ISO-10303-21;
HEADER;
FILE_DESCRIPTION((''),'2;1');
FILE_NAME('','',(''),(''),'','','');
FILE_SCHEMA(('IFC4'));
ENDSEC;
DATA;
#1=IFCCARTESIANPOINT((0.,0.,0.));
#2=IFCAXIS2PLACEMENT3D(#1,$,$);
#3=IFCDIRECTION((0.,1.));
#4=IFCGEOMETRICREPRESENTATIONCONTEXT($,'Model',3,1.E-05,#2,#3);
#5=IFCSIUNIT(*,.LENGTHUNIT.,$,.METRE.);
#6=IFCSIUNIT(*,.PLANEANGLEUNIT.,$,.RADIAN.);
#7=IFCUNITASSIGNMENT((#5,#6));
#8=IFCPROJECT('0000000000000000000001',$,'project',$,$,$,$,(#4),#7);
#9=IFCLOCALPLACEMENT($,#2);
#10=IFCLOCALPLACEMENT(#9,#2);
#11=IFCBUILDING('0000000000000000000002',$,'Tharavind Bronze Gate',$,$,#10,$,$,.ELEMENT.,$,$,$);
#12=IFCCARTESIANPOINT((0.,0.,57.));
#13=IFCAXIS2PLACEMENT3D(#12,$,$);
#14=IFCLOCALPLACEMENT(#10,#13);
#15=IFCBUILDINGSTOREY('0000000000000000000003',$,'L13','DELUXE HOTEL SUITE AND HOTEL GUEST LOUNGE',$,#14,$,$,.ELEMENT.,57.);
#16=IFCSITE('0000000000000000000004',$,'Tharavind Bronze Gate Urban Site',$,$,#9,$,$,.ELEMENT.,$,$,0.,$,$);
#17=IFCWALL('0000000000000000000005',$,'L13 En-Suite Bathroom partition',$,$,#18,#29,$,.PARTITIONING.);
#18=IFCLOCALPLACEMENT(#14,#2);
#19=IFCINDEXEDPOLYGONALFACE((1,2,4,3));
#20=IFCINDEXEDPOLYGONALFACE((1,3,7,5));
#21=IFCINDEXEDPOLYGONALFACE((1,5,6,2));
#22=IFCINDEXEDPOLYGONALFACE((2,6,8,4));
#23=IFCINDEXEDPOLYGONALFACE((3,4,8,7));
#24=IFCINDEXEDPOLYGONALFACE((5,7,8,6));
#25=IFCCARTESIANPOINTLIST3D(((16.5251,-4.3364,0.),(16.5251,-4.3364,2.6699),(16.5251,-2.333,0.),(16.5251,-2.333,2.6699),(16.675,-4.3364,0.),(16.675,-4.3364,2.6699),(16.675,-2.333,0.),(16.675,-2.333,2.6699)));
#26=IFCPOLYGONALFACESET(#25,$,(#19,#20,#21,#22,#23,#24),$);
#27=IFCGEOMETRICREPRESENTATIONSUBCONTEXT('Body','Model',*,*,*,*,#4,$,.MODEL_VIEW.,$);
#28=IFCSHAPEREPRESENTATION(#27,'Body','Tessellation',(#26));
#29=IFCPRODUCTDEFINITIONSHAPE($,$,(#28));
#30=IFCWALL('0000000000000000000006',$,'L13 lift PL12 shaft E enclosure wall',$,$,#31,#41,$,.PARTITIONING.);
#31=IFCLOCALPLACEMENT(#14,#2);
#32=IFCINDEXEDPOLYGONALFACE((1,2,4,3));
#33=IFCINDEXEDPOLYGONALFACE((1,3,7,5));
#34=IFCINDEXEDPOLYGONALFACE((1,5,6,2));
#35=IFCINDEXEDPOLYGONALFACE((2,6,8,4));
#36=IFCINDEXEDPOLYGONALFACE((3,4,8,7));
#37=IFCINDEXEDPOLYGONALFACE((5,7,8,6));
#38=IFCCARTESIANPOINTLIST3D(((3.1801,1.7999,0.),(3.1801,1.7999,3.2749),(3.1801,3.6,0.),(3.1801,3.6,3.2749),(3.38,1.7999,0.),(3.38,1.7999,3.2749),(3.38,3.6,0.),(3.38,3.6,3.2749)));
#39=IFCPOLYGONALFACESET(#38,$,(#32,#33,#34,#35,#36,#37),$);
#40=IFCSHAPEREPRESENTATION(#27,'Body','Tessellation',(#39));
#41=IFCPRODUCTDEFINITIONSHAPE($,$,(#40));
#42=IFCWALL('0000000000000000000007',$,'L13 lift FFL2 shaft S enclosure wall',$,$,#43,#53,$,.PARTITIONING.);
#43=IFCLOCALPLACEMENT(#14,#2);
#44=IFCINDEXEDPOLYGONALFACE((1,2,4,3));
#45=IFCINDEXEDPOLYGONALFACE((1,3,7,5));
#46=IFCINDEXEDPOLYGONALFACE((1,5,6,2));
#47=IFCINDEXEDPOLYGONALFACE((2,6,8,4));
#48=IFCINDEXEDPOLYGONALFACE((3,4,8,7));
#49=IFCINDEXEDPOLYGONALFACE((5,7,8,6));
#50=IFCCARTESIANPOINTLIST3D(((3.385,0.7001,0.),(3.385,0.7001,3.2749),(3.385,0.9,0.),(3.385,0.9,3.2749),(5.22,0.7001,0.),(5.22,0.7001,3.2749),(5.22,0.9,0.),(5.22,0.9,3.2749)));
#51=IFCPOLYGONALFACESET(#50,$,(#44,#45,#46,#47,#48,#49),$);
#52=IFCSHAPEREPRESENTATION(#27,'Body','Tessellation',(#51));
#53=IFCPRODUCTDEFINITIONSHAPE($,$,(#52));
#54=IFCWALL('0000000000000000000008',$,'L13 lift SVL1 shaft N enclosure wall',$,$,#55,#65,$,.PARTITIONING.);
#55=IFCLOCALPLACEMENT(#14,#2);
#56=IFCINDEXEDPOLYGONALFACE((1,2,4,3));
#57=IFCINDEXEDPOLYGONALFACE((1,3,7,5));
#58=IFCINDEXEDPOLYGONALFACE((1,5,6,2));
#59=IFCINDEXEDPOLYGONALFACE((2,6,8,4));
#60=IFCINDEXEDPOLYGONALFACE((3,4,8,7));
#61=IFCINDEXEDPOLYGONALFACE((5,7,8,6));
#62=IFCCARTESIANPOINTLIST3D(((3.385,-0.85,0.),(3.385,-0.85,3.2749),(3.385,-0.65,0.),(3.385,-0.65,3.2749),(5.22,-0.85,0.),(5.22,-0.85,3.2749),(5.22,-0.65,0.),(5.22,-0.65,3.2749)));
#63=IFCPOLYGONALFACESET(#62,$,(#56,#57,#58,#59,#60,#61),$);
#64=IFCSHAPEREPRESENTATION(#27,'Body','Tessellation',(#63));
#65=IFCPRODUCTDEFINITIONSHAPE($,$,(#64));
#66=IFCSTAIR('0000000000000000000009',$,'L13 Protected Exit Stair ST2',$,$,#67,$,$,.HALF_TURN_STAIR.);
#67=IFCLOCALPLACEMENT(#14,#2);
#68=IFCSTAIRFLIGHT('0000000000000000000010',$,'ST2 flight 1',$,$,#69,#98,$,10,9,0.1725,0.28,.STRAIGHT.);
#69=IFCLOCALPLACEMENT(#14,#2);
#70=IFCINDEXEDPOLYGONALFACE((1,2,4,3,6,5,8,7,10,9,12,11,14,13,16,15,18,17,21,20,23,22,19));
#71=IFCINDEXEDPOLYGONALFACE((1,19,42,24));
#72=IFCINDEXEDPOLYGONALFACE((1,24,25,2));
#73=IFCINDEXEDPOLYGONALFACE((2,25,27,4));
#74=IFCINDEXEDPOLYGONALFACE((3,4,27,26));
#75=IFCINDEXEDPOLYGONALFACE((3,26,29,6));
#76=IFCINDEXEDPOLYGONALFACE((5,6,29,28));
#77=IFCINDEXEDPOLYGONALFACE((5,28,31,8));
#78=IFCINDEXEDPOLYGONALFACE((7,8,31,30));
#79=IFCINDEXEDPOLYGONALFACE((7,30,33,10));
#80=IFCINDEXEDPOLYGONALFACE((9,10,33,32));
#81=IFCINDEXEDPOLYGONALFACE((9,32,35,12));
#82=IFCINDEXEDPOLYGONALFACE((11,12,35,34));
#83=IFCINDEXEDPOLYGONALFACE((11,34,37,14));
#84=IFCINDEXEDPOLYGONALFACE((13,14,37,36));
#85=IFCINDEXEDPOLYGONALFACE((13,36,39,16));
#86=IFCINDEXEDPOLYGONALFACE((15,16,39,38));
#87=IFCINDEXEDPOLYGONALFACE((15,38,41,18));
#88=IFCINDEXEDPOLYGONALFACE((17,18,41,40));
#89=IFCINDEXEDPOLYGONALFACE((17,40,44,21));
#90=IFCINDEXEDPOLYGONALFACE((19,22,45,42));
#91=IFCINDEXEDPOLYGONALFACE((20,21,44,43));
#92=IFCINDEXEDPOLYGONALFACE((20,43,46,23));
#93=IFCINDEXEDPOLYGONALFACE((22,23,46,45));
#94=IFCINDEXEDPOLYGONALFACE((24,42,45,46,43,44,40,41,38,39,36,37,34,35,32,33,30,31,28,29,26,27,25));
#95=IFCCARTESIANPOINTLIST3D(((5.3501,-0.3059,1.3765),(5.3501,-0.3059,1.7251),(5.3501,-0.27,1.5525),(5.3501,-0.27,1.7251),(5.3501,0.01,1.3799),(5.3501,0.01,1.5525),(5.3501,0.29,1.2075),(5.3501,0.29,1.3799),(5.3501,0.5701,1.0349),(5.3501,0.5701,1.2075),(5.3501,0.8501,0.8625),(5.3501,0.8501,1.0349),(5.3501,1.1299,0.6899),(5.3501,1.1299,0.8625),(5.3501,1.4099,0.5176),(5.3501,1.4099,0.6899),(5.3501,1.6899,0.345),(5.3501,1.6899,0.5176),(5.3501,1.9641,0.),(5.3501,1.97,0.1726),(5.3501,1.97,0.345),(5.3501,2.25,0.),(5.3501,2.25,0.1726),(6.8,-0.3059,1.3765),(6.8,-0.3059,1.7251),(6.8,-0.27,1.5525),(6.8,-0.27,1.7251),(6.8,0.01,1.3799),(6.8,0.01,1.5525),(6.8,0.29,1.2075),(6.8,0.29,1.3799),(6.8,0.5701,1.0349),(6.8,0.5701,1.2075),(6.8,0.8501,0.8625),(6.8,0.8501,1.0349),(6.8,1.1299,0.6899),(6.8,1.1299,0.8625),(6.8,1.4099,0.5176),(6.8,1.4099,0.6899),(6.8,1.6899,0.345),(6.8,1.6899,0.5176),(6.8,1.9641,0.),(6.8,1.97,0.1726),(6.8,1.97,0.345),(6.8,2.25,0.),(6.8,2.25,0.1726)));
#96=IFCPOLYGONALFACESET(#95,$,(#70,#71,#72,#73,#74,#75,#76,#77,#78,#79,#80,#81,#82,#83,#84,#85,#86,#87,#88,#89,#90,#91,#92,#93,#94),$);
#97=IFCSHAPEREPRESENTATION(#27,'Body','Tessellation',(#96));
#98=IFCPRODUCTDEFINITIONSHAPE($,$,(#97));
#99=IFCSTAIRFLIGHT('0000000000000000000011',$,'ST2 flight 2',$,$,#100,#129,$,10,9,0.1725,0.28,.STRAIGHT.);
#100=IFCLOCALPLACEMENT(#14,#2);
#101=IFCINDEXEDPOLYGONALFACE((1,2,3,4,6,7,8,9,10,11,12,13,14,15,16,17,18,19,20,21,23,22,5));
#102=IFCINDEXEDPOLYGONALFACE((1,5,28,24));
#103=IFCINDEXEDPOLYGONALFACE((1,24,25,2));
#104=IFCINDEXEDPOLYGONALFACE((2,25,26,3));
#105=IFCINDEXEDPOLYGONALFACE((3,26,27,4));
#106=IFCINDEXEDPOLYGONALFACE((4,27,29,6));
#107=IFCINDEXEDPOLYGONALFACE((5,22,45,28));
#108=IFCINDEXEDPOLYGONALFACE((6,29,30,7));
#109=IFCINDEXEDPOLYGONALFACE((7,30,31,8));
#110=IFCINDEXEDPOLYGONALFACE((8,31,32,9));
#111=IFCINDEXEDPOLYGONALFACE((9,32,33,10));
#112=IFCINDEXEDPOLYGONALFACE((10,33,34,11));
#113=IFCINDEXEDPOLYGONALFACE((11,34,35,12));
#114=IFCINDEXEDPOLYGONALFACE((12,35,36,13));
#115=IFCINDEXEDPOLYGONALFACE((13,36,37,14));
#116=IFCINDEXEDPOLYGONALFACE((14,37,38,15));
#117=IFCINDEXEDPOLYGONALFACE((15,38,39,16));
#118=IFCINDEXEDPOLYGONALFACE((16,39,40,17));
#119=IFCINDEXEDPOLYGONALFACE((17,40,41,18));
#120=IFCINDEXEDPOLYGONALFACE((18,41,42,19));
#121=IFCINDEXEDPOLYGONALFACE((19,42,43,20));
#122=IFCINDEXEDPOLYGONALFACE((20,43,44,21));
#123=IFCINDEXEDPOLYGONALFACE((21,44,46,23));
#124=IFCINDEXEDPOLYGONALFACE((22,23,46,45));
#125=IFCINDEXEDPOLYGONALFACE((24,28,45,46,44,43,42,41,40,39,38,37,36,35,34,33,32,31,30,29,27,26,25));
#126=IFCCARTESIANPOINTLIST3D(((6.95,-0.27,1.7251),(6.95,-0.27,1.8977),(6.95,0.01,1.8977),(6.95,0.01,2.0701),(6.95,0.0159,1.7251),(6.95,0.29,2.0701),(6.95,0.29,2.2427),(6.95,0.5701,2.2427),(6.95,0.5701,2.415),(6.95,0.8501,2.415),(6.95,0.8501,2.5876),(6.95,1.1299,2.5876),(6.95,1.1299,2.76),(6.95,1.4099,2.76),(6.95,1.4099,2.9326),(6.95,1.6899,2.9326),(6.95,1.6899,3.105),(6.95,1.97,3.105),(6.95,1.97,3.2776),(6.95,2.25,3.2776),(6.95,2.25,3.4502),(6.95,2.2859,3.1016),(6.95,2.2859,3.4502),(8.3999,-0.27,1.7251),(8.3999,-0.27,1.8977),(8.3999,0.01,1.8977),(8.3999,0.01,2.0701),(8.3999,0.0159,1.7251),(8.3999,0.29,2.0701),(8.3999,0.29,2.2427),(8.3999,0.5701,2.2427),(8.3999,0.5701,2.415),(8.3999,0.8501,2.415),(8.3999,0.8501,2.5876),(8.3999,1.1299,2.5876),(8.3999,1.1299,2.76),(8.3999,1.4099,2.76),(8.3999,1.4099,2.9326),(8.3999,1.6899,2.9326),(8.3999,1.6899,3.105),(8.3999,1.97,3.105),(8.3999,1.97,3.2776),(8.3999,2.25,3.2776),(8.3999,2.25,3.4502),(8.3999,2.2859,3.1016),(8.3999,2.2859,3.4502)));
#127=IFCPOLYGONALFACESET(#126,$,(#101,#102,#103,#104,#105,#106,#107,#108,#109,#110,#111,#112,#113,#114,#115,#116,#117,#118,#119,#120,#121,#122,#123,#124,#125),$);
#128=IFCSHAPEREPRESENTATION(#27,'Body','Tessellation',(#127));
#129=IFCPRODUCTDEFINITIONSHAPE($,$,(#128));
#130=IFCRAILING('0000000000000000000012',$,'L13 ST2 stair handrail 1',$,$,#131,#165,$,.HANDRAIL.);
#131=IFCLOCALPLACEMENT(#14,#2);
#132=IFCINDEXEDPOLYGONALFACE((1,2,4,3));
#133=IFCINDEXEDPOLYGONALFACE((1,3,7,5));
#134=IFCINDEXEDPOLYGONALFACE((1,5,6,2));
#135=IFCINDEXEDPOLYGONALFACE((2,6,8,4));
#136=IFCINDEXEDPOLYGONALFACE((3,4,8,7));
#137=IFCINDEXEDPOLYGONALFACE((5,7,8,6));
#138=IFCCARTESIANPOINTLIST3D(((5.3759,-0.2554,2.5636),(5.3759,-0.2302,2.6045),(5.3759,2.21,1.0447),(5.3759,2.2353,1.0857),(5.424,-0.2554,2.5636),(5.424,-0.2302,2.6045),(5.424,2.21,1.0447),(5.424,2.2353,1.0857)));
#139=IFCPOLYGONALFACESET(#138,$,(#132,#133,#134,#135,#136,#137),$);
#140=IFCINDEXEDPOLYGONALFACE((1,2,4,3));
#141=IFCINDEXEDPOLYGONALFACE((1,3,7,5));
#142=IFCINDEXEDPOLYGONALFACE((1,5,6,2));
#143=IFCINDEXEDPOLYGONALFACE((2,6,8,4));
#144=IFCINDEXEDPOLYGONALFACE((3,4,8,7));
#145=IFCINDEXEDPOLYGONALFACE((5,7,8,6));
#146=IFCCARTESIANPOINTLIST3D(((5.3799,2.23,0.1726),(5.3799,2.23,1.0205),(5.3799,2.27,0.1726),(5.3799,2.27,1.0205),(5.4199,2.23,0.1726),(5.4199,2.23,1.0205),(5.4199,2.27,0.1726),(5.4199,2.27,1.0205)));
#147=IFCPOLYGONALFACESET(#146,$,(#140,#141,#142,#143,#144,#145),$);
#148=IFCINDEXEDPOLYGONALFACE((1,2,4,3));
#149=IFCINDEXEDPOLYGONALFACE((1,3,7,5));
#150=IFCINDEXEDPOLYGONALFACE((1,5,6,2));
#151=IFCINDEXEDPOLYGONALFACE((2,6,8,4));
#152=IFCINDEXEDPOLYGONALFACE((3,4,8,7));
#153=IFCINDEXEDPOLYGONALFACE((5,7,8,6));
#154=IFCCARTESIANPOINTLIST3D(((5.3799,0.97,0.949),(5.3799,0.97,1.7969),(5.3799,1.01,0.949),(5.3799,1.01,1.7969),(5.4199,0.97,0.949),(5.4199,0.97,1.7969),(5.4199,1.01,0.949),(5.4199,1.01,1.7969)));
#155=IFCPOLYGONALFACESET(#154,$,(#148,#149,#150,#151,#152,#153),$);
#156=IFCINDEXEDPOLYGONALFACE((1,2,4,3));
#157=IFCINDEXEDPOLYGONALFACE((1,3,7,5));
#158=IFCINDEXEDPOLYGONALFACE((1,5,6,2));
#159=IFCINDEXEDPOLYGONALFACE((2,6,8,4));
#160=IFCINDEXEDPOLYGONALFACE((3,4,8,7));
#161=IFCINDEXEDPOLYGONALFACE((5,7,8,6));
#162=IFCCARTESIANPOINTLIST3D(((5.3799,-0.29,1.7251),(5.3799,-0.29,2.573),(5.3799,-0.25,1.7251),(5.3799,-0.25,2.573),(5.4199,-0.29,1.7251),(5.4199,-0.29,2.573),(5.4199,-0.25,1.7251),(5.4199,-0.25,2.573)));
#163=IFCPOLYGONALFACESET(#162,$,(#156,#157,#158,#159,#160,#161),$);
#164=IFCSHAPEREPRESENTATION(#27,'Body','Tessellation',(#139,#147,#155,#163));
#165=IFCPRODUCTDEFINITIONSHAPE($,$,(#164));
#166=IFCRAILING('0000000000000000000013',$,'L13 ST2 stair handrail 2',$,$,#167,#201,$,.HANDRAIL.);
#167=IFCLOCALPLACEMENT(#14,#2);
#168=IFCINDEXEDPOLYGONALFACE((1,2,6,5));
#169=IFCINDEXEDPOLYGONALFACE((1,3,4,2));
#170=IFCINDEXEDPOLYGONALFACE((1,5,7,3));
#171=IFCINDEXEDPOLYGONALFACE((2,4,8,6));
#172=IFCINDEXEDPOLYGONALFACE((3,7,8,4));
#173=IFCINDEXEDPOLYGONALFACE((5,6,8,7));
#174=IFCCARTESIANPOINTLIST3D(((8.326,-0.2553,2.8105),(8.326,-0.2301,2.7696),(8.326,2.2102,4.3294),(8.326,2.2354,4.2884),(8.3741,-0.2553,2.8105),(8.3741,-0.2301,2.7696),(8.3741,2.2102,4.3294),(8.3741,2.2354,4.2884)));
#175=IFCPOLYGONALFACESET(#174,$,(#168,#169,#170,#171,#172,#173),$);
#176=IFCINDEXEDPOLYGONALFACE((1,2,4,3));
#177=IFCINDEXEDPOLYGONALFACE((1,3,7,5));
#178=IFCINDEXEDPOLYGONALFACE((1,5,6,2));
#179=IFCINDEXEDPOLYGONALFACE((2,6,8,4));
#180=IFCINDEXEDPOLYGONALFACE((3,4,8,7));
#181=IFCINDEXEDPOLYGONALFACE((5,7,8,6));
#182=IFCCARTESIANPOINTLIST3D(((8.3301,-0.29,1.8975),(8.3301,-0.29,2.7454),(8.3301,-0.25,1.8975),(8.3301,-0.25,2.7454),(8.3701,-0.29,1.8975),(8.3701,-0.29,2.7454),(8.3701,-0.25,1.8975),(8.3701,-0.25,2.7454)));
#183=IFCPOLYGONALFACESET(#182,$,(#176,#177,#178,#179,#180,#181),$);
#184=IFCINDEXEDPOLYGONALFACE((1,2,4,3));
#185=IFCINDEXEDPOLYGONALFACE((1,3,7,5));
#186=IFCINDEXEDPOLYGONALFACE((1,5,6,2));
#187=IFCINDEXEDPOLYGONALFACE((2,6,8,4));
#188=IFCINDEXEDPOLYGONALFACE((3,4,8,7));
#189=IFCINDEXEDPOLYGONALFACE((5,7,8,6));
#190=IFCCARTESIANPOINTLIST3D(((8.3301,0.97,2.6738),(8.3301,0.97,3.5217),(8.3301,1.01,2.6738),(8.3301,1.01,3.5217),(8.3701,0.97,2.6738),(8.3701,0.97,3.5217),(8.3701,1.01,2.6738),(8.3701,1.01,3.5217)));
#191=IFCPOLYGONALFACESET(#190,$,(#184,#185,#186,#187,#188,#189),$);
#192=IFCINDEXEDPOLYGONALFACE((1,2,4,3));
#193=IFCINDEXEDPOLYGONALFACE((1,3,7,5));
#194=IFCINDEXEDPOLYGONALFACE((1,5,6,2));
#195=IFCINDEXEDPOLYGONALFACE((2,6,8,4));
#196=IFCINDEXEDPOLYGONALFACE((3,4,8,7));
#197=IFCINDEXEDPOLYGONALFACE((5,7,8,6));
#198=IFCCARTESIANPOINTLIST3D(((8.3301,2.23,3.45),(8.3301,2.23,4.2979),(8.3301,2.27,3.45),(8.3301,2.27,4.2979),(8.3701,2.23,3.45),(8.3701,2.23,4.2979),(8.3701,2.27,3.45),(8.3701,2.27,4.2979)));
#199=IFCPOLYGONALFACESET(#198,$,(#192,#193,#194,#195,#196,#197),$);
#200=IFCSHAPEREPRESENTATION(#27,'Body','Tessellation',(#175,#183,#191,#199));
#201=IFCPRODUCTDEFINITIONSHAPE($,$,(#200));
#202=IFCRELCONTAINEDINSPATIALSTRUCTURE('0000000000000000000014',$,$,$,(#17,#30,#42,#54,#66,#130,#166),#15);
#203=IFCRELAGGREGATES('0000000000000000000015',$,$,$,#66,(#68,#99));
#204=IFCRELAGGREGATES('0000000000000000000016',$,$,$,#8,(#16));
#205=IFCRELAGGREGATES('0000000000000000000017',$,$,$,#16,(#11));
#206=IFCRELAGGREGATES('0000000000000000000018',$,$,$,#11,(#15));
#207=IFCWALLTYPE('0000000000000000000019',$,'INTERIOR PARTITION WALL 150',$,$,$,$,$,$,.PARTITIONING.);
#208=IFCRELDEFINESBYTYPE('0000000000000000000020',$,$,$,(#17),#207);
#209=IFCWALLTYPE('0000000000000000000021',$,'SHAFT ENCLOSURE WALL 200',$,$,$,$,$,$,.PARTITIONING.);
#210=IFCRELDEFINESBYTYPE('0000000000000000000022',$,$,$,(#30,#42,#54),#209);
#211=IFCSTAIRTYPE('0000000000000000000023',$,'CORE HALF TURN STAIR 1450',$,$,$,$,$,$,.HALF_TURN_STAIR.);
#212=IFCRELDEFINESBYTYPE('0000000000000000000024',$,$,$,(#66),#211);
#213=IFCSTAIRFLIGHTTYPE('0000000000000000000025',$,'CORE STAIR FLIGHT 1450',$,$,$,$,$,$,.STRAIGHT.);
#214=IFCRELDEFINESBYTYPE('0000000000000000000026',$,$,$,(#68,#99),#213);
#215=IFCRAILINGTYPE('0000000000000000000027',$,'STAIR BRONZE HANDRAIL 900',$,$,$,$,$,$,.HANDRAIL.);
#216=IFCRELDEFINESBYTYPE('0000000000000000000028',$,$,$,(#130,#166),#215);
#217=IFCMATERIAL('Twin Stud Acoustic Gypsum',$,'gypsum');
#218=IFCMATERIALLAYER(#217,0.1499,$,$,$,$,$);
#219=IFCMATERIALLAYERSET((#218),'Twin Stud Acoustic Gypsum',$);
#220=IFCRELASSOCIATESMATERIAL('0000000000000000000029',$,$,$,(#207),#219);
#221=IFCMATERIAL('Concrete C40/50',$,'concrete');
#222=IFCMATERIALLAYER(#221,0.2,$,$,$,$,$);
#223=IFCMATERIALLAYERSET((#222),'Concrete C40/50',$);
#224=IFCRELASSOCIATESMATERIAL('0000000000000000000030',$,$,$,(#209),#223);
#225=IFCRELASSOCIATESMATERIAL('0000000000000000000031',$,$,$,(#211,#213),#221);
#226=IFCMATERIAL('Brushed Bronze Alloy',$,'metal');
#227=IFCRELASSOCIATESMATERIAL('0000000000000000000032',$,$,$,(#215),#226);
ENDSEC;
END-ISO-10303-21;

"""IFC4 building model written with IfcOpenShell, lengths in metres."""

from ifc_helpers import new_model, si_unit, direction, frame, frame_2d, origin, origin_2d, place, context, subcontext, project, spatial, polyline, rectangle, outline, extrude, material, layer, layer_set, type_object, element, aggregate, save


model = new_model("IFC4")

# Units and contexts
model_context = context("Model", 3, precision=1e-05, world=origin(), true_north=direction((0.0, 1.0)))
body_context = subcontext(model_context, "Body", "Model", "MODEL_VIEW")
ifc_project = project(units=[si_unit("LENGTHUNIT", "METRE"), si_unit("PLANEANGLEUNIT", "RADIAN")], contexts=[model_context])

# Site, building, storey
site_placement = place(None, origin())
site = spatial("IfcSite", under=ifc_project, at=site_placement, Name="Tharavind Bronze Gate Urban Site", CompositionType="ELEMENT", RefElevation=0.0)
building_placement = place(site_placement, origin())
building = spatial("IfcBuilding", under=site, at=building_placement, Name="Tharavind Bronze Gate", CompositionType="ELEMENT")
storey_placement = place(building_placement, frame((0.0, 0.0, 57.0)))
storey = spatial("IfcBuildingStorey", under=building, at=storey_placement, Name="L13", Description="DELUXE HOTEL SUITE AND HOTEL GUEST LOUNGE", CompositionType="ELEMENT", Elevation=57.0)

# Walls
ifc_material_1 = material(Name="Twin Stud Acoustic Gypsum", Category="gypsum")
ifc_layer_1 = layer(ifc_material_1, 0.1499)
ifc_layer_set_1 = layer_set([ifc_layer_1], Name="Twin Stud Acoustic Gypsum")
wall_type_1 = type_object("IfcWallType", Name="INTERIOR PARTITION WALL 150", PredefinedType="PARTITIONING", material=ifc_layer_set_1)
wall_1_placement = place(storey_placement, frame((16.6001, -2.333, 0.0), z_axis=(0.0, 0.0, 1.0), x_axis=(0.0, -1.0, 0.0)))
element("IfcWall", 1, at=wall_1_placement, inside=storey, type_object=wall_type_1, Name="L13 En-Suite Bathroom partition", PredefinedType="PARTITIONING", context=body_context, shape_type="SweptSolid", body=[
    extrude(rectangle(XDim=2.0034, YDim=0.1499, at=frame_2d((1.0017, 0.0))), origin(), (0.0, 0.0, 1.0), 2.6699),
])
ifc_material_2 = material(Name="Concrete C40/50", Category="concrete")
ifc_layer_2 = layer(ifc_material_2, 0.2)
ifc_layer_set_2 = layer_set([ifc_layer_2], Name="Concrete C40/50")
wall_type_2 = type_object("IfcWallType", Name="SHAFT ENCLOSURE WALL 200", PredefinedType="PARTITIONING", material=ifc_layer_set_2)
wall_2_placement = place(storey_placement, frame((3.28, 1.8, 0.0), z_axis=(0.0, 0.0, 1.0), x_axis=(0.0, 1.0, 0.0)))
element("IfcWall", 2, at=wall_2_placement, inside=storey, type_object=wall_type_2, Name="L13 lift PL12 shaft E enclosure wall", PredefinedType="PARTITIONING", context=body_context, shape_type="SweptSolid", body=[
    extrude(rectangle(XDim=1.8, YDim=0.2, at=frame_2d((0.8999, 0.0))), origin(), (0.0, 0.0, 1.0), 3.2749),
])
for number, where, z_axis, x_axis, name in (
    (3, (3.385, 0.8, 0.0), (0.0, 0.0, 1.0), (1.0, 0.0, 0.0), "L13 lift FFL2 shaft S enclosure wall"),
    (4, (3.385, -0.75, 0.0), (0.0, 0.0, 1.0), (1.0, 0.0, 0.0), "L13 lift SVL1 shaft N enclosure wall"),
):
    element("IfcWall", number, at=place(storey_placement, frame(where, z_axis=z_axis, x_axis=x_axis)), inside=storey, type_object=wall_type_2, Name=name, PredefinedType="PARTITIONING", context=body_context, shape_type="SweptSolid", body=[
        extrude(rectangle(XDim=1.835, YDim=0.2, at=frame_2d((0.9175, 0.0))), origin(), (0.0, 0.0, 1.0), 3.2749),
    ])

# Stair, stair flights
stair_type = type_object("IfcStairType", Name="CORE HALF TURN STAIR 1450", PredefinedType="HALF_TURN_STAIR", material=ifc_material_2)
stair_placement = place(storey_placement, origin())
stair = element("IfcStair", 5, at=stair_placement, inside=storey, type_object=stair_type, Name="L13 Protected Exit Stair ST2", PredefinedType="HALF_TURN_STAIR")
stair_flight_type = type_object("IfcStairFlightType", Name="CORE STAIR FLIGHT 1450", PredefinedType="STRAIGHT", material=ifc_material_2)
stair_flight_1_placement = place(storey_placement, frame((6.075, 2.25, 0.0), z_axis=(0.0, 0.0, 1.0), x_axis=(0.0, -1.0, 0.0)))
stair_flight_1 = element("IfcStairFlight", 6, at=stair_flight_1_placement, type_object=stair_flight_type, Name="ST2 flight 1", NumberOfRisers=10, NumberOfTreads=9, PredefinedType="STRAIGHT", RiserHeight=0.1725, TreadLength=0.28, context=body_context, shape_type="SweptSolid", body=[
    extrude(outline(polyline([(0.0, 0.0), (0.0, 0.1726), (0.28, 0.1726), (0.28, 0.345), (0.5601, 0.345), (0.5601, 0.5176), (0.8401, 0.5176), (0.8401, 0.6899), (1.1201, 0.6899), (1.1201, 0.8625), (1.3999, 0.8625), (1.3999, 1.0349), (1.6799, 1.0349), (1.6799, 1.2075), (1.96, 1.2075), (1.96, 1.3799), (2.24, 1.3799), (2.24, 1.5525), (2.52, 1.5525), (2.52, 1.7251), (2.5559, 1.7251), (2.5559, 1.3765), (0.2859, 0.0), (0.0, 0.0)])), frame((0.0, 0.7251, 0.0), z_axis=(0.0, -1.0, 0.0), x_axis=(1.0, 0.0, 0.0)), (0.0, 0.0, 1.0), 1.45),
])
stair_flight_2_placement = place(storey_placement, frame((7.675, -0.27, 1.7251), z_axis=(0.0, 0.0, 1.0), x_axis=(0.0, 1.0, 0.0)))
stair_flight_2 = element("IfcStairFlight", 7, at=stair_flight_2_placement, type_object=stair_flight_type, Name="ST2 flight 2", NumberOfRisers=10, NumberOfTreads=9, PredefinedType="STRAIGHT", RiserHeight=0.1725, TreadLength=0.28, context=body_context, shape_type="SweptSolid", body=[
    extrude(outline(polyline([(0.0, 0.0), (0.0, 0.1726), (0.28, 0.1726), (0.28, 0.345), (0.5601, 0.345), (0.5601, 0.5176), (0.8401, 0.5176), (0.8401, 0.6899), (1.1201, 0.6899), (1.1201, 0.8625), (1.3999, 0.8625), (1.3999, 1.0349), (1.6799, 1.0349), (1.6799, 1.2075), (1.96, 1.2075), (1.96, 1.3799), (2.24, 1.3799), (2.24, 1.5525), (2.52, 1.5525), (2.52, 1.7251), (2.5559, 1.7251), (2.5559, 1.3765), (0.2859, 0.0), (0.0, 0.0)])), frame((0.0, 0.7251, 0.0), z_axis=(0.0, -1.0, 0.0), x_axis=(1.0, 0.0, 0.0)), (0.0, 0.0, 1.0), 1.45),
])
aggregate(stair, [stair_flight_1, stair_flight_2])

# Railings
ifc_material_3 = material(Name="Brushed Bronze Alloy", Category="metal")
railing_type_1 = type_object("IfcRailingType", Name="STAIR BRONZE HANDRAIL 900", PredefinedType="HANDRAIL", material=ifc_material_3)
railing_1_placement = place(storey_placement, frame((5.3999, 2.25, 0.1726)))
element("IfcRailing", 8, at=railing_1_placement, inside=storey, type_object=railing_type_1, Name="L13 ST2 stair handrail 1", PredefinedType="HANDRAIL", context=body_context, shape_type="SweptSolid", body=[
    extrude(rectangle(XDim=0.0481, YDim=0.0481, at=origin_2d()), frame((0.0, -0.0273, 0.8926), z_axis=(0.0, -0.8514, 0.524516), x_axis=(1.0, 0.0, 0.0)), (0.0, 0.0, 1.0), 2.8958),
    extrude(rectangle(XDim=0.04, YDim=0.04, at=origin_2d()), origin(), (0.0, 0.0, 1.0), 0.8479),
    extrude(rectangle(XDim=0.04, YDim=0.04, at=origin_2d()), frame((0.0, -1.26, 0.7764)), (0.0, 0.0, 1.0), 0.8479),
    extrude(rectangle(XDim=0.04, YDim=0.04, at=origin_2d()), frame((0.0, -2.52, 1.5525)), (0.0, 0.0, 1.0), 0.8479),
])
railing_2_placement = place(storey_placement, frame((8.3501, -0.27, 1.8975)))
element("IfcRailing", 9, at=railing_2_placement, inside=storey, type_object=railing_type_1, Name="L13 ST2 stair handrail 2", PredefinedType="HANDRAIL", context=body_context, shape_type="SweptSolid", body=[
    extrude(rectangle(XDim=0.0481, YDim=0.0481, at=origin_2d()), frame((0.0, 0.0273, 0.8926), z_axis=(0.0, 0.8514, 0.524516), x_axis=(-1.0, 0.0, 0.0)), (0.0, 0.0, 1.0), 2.8958),
    extrude(rectangle(XDim=0.04, YDim=0.04, at=origin_2d()), origin(), (0.0, 0.0, 1.0), 0.8479),
    extrude(rectangle(XDim=0.04, YDim=0.04, at=origin_2d()), frame((0.0, 1.26, 0.7764)), (0.0, 0.0, 1.0), 0.8479),
    extrude(rectangle(XDim=0.04, YDim=0.04, at=origin_2d()), frame((0.0, 2.52, 1.5525)), (0.0, 0.0, 1.0), 0.8479),
])

save(model, "model.ifc")
